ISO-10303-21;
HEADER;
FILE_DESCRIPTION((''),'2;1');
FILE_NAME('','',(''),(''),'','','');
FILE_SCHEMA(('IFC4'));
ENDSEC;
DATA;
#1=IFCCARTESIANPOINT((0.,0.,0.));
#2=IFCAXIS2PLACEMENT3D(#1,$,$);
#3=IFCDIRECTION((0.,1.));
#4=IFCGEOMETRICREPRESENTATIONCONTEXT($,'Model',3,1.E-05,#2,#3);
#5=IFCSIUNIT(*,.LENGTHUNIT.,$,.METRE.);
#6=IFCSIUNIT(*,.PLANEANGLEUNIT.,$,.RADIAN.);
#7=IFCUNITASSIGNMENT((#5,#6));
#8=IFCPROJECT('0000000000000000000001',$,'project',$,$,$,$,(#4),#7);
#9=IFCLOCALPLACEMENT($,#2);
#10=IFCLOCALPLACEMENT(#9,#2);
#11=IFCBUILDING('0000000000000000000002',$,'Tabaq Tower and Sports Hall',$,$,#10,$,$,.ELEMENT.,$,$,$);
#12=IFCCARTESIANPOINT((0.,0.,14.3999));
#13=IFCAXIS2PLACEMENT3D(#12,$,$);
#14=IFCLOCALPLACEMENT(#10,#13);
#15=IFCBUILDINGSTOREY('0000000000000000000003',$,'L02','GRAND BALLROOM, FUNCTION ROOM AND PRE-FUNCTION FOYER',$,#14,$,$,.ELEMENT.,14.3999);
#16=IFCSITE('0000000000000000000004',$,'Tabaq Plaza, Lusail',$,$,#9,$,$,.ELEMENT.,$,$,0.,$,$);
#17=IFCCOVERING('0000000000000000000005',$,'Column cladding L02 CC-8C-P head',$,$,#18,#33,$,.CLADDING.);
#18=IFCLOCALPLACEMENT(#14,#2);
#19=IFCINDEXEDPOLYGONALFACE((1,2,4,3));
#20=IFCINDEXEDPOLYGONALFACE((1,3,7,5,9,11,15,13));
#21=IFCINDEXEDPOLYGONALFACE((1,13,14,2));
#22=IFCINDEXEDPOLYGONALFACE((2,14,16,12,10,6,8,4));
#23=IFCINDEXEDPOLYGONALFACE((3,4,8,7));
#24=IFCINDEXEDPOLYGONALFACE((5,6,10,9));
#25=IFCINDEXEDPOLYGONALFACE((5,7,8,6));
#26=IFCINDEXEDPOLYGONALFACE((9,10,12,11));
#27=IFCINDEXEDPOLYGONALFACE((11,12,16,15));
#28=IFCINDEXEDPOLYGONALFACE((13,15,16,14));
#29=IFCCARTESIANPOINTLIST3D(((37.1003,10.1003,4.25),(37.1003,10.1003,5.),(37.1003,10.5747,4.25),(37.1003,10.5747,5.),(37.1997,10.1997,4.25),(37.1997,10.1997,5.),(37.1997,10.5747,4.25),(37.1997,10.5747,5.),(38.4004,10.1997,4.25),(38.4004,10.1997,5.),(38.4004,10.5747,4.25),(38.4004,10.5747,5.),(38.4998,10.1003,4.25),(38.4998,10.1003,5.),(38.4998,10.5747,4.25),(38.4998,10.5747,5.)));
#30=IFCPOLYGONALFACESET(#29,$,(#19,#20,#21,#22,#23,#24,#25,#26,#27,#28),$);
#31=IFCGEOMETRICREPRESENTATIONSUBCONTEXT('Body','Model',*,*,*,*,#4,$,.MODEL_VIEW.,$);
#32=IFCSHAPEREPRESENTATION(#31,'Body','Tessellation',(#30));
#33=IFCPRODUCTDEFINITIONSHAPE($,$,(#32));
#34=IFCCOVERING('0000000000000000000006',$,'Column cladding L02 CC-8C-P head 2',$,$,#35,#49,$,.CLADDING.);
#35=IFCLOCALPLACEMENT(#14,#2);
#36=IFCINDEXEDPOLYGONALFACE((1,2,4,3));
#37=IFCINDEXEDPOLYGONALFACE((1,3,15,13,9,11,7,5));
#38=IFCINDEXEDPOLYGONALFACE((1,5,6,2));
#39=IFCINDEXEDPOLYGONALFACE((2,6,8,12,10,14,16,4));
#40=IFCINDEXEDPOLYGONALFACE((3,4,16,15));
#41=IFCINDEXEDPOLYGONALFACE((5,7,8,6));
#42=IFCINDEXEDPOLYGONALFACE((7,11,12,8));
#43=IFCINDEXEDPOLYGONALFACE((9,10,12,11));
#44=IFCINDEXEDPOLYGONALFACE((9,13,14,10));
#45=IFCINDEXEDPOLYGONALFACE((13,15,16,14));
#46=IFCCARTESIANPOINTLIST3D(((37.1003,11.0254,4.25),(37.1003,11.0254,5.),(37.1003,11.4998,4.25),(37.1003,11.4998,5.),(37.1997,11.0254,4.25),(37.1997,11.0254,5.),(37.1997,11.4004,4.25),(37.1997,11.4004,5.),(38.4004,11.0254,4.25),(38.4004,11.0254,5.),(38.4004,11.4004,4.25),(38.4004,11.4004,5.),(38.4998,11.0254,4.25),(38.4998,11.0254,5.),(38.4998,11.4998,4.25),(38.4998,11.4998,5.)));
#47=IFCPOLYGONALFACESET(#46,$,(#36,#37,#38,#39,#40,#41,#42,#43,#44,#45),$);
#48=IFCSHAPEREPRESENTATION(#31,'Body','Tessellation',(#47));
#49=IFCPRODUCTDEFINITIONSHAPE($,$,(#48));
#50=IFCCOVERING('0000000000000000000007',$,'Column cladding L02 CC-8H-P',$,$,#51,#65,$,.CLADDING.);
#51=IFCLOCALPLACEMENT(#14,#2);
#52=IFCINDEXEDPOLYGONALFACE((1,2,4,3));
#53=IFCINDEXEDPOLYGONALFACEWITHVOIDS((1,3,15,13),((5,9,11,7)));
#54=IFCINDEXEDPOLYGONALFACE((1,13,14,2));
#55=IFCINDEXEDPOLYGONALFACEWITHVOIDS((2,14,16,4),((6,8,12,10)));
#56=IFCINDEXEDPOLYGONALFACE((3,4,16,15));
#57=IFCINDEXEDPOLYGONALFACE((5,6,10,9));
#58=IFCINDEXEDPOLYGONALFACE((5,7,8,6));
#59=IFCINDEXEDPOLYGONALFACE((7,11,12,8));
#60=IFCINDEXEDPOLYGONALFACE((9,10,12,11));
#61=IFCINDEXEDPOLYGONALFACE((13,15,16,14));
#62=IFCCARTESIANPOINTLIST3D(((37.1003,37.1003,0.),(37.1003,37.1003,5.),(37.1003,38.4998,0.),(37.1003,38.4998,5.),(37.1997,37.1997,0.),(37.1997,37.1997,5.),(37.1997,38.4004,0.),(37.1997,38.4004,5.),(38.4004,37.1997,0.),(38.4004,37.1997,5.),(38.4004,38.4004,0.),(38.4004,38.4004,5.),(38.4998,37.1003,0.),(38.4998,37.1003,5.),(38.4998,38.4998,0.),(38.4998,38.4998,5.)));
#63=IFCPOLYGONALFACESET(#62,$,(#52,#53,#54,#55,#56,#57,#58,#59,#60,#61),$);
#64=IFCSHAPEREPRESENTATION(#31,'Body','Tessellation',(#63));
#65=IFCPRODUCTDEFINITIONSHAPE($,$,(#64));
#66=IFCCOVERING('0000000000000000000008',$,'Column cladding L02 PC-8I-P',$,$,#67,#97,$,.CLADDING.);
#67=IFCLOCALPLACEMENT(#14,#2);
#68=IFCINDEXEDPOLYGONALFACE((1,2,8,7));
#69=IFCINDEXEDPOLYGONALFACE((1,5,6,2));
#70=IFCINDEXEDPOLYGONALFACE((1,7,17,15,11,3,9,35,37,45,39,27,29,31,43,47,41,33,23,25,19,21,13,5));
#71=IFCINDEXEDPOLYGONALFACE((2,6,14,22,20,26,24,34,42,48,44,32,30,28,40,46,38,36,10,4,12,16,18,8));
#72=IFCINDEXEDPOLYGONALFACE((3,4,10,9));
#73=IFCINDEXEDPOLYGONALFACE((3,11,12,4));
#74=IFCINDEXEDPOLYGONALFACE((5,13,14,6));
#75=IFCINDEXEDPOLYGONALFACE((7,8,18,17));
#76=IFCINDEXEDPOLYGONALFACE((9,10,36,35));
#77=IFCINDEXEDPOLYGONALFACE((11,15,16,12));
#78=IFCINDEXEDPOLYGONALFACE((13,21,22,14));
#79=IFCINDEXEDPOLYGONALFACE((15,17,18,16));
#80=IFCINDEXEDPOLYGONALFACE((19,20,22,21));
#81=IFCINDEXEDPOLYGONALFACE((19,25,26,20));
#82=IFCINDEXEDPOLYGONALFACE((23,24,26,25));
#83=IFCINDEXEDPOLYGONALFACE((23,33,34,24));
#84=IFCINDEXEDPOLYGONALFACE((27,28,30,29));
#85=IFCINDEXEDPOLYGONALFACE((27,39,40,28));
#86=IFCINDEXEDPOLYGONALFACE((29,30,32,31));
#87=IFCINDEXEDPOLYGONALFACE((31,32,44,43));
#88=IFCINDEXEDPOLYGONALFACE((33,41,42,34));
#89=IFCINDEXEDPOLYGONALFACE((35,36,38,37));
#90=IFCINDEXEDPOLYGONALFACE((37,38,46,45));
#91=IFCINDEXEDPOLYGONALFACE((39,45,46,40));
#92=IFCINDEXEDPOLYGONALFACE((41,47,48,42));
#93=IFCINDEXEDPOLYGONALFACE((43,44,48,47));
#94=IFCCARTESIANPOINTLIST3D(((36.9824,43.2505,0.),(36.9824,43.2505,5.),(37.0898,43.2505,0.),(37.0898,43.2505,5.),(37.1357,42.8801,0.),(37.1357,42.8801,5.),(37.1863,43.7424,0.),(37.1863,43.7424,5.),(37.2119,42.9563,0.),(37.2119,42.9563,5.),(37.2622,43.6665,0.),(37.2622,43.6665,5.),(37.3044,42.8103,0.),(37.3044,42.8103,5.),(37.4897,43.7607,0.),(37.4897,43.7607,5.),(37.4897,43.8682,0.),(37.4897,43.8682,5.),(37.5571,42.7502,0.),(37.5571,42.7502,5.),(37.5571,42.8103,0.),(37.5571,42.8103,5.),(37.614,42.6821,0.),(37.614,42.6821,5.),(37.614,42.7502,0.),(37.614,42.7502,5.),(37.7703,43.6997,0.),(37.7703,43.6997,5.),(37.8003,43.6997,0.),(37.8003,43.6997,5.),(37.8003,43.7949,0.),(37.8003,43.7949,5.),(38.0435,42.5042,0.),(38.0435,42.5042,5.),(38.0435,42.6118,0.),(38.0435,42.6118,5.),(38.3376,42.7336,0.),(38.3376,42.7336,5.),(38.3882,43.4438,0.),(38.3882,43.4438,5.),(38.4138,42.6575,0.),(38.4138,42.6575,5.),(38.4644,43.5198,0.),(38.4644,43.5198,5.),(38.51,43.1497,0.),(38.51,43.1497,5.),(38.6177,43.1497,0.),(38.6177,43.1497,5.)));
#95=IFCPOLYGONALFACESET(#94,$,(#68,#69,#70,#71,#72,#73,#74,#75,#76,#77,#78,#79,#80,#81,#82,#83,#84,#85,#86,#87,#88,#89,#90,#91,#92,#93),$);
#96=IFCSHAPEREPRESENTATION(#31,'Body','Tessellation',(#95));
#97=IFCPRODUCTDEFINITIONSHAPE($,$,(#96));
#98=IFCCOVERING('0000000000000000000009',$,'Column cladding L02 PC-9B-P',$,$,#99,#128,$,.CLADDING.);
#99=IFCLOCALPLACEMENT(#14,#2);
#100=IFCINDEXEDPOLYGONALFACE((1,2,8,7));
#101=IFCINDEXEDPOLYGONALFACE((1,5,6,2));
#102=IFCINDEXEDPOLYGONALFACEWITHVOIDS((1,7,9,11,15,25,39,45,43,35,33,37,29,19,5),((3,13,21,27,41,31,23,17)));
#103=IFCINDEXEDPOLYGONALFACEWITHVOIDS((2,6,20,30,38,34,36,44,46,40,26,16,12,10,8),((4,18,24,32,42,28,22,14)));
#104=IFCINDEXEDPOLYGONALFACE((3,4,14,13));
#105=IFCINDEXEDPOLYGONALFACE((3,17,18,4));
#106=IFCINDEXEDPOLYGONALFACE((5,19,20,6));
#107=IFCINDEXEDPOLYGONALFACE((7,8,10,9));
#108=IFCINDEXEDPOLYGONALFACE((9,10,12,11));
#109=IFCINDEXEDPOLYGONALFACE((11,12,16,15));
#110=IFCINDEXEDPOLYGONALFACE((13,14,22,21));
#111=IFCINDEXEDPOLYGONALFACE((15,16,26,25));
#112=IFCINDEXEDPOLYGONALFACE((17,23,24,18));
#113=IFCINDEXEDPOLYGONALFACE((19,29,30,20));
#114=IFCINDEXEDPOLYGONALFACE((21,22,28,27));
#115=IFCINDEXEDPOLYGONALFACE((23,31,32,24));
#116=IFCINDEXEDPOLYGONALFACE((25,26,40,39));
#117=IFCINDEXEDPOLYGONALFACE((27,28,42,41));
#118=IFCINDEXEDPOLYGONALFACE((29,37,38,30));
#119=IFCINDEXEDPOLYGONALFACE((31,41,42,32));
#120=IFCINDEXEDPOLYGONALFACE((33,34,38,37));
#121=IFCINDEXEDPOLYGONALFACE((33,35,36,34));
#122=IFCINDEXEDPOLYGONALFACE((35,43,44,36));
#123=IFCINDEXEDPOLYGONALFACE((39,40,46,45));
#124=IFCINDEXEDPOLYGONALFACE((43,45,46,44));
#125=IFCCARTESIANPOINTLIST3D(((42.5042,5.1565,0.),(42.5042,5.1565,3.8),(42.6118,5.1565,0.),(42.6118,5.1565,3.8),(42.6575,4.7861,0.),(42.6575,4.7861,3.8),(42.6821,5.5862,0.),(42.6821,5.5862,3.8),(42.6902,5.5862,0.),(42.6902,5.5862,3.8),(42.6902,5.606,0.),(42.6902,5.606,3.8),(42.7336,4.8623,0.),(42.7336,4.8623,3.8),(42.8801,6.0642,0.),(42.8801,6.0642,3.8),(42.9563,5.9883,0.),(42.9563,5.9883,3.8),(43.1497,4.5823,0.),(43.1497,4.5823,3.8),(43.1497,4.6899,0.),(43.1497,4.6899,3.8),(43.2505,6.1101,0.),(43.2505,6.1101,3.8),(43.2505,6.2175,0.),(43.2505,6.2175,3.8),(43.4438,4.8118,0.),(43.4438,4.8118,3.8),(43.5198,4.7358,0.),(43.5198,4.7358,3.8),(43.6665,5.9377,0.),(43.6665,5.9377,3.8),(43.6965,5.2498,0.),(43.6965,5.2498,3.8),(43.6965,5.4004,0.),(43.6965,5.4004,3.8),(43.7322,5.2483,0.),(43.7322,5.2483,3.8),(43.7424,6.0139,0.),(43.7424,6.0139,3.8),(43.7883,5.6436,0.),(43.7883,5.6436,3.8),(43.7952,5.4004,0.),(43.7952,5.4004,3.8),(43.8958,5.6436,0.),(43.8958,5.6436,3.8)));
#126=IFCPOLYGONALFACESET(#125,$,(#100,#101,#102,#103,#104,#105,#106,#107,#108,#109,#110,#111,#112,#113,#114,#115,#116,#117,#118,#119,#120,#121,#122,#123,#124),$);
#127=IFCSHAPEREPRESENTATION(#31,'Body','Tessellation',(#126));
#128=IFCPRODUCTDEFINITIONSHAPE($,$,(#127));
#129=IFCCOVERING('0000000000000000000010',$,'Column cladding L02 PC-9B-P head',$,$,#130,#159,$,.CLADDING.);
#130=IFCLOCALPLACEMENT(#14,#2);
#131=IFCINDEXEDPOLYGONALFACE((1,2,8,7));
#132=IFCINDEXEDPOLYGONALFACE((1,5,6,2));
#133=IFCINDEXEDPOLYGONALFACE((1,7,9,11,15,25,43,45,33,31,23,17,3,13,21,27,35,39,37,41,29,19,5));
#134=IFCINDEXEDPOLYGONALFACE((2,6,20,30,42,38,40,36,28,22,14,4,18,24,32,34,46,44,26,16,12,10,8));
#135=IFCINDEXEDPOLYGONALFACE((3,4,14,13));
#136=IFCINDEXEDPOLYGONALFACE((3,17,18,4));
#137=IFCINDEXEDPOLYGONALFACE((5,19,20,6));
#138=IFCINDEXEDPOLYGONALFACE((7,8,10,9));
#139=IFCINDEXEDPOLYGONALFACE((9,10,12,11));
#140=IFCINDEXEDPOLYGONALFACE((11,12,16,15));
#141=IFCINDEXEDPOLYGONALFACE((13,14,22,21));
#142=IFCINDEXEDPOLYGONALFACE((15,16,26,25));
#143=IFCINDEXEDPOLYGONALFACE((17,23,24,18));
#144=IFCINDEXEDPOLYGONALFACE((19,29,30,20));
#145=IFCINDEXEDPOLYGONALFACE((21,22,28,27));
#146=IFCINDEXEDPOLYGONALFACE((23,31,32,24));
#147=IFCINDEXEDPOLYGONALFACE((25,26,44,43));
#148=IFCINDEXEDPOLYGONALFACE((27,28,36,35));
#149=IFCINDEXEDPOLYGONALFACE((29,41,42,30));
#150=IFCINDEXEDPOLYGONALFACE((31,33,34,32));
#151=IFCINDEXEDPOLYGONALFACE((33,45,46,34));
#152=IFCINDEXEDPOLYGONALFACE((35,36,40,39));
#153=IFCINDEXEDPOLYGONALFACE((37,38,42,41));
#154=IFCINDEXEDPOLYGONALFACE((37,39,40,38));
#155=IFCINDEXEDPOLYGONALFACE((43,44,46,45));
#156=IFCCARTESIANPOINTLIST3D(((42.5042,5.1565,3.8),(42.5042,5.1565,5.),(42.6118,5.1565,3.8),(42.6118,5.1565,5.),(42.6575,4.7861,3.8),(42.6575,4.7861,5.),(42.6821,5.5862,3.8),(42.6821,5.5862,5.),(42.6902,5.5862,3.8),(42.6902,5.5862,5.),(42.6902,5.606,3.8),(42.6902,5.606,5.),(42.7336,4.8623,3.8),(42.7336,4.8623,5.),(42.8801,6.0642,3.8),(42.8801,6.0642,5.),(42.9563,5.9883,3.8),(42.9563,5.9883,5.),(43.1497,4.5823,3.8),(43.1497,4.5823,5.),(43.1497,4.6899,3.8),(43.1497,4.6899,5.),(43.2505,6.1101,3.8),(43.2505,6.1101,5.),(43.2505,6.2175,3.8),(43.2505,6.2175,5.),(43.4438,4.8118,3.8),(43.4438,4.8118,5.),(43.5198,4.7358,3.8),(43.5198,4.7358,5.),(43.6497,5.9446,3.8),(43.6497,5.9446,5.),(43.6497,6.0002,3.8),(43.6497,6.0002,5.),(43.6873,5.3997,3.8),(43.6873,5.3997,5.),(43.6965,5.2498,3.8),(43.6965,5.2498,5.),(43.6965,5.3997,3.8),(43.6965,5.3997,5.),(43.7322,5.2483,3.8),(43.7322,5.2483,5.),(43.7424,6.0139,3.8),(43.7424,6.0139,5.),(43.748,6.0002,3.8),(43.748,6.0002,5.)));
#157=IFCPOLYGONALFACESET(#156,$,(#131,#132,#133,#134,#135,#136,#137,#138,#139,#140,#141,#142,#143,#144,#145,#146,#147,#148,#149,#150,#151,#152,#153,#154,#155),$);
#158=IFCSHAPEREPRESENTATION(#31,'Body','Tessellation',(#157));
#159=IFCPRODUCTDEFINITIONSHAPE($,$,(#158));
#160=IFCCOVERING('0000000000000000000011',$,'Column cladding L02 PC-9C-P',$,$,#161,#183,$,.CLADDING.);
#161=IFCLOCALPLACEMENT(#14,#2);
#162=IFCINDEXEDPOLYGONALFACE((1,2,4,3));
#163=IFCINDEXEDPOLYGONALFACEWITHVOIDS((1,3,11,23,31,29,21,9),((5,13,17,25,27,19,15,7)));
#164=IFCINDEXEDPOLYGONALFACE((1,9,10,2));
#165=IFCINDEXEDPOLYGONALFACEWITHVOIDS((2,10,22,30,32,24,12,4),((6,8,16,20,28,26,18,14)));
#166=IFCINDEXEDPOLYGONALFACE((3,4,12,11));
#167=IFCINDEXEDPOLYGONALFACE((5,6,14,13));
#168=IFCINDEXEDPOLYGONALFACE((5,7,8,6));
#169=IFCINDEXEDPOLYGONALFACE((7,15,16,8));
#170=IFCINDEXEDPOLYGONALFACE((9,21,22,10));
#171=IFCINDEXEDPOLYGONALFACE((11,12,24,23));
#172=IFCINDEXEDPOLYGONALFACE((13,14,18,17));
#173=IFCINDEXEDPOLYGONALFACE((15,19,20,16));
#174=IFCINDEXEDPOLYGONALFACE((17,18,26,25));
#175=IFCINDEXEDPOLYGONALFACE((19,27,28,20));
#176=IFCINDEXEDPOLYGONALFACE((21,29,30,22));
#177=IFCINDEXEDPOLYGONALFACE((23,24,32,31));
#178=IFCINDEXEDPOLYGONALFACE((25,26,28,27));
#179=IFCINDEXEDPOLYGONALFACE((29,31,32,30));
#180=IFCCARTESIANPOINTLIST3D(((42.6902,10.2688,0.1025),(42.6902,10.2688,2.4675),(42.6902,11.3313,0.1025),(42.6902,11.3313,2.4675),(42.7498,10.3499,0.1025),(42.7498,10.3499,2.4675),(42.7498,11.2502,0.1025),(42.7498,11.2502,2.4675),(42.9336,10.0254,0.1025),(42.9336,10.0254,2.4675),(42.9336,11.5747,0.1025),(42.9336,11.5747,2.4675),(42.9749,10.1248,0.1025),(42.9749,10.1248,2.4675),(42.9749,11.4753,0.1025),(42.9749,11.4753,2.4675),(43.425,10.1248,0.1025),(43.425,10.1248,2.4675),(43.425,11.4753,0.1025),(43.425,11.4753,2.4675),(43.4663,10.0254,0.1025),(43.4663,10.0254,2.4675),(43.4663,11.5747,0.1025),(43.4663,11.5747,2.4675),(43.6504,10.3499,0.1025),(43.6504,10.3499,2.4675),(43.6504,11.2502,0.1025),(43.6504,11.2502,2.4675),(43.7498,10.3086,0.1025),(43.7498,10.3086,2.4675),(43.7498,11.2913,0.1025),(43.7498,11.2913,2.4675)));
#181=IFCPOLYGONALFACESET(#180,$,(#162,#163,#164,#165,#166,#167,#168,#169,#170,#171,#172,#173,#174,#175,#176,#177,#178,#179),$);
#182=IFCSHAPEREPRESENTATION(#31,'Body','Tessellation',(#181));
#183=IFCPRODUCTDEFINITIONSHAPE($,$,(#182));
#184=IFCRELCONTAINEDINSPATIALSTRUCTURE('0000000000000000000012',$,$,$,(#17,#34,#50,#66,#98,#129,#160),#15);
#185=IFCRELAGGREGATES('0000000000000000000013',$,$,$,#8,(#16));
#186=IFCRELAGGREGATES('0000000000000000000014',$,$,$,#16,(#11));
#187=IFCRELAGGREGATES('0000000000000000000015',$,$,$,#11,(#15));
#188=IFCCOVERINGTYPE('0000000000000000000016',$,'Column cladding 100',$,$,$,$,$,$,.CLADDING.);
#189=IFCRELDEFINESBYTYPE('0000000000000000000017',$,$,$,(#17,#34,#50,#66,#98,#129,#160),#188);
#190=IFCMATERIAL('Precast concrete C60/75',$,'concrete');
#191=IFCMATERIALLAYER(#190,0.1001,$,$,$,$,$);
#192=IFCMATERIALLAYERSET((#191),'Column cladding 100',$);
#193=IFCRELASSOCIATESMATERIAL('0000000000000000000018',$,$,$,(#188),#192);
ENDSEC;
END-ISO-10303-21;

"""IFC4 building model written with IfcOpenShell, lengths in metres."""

from ifc_helpers import new_model, si_unit, direction, frame, origin, place, context, subcontext, project, spatial, polyline, outline, extrude, material, layer, layer_set, type_object, element, save


model = new_model("IFC4")

# Units and contexts
model_context = context("Model", 3, precision=1e-05, world=origin(), true_north=direction((0.0, 1.0)))
body_context = subcontext(model_context, "Body", "Model", "MODEL_VIEW")
ifc_project = project(units=[si_unit("LENGTHUNIT", "METRE"), si_unit("PLANEANGLEUNIT", "RADIAN")], contexts=[model_context])

# Site, building, storey
site_placement = place(None, origin())
site = spatial("IfcSite", under=ifc_project, at=site_placement, Name="Tabaq Plaza, Lusail", CompositionType="ELEMENT", RefElevation=0.0)
building_placement = place(site_placement, origin())
building = spatial("IfcBuilding", under=site, at=building_placement, Name="Tabaq Tower and Sports Hall", CompositionType="ELEMENT")
storey_placement = place(building_placement, frame((0.0, 0.0, 14.3999)))
storey = spatial("IfcBuildingStorey", under=building, at=storey_placement, Name="L02", Description="GRAND BALLROOM, FUNCTION ROOM AND PRE-FUNCTION FOYER", CompositionType="ELEMENT", Elevation=14.3999)

# Coverings
ifc_material_1 = material(Name="Precast concrete C60/75", Category="concrete")
ifc_layer_1 = layer(ifc_material_1, 0.1001)
ifc_layer_set_1 = layer_set([ifc_layer_1], Name="Column cladding 100")
covering_type = type_object("IfcCoveringType", Name="Column cladding 100", PredefinedType="CLADDING", material=ifc_layer_set_1)
covering_1_placement = place(storey_placement, frame((0.0, 0.0, 4.25)))
element("IfcCovering", 1, at=covering_1_placement, inside=storey, type_object=covering_type, Name="Column cladding L02 CC-8C-P head", PredefinedType="CLADDING", context=body_context, shape_type="SweptSolid", body=[
    extrude(outline(polyline([(38.4998, 10.1003), (37.1003, 10.1003), (37.1003, 10.5747), (37.1997, 10.5747), (37.1997, 10.1997), (38.4004, 10.1997), (38.4004, 10.5747), (38.4998, 10.5747), (38.4998, 10.1003)])), origin(), (0.0, 0.0, 1.0), 0.75),
])
covering_2_placement = place(storey_placement, frame((0.0, 0.0, 4.25)))
element("IfcCovering", 2, at=covering_2_placement, inside=storey, type_object=covering_type, Name="Column cladding L02 CC-8C-P head 2", PredefinedType="CLADDING", context=body_context, shape_type="SweptSolid", body=[
    extrude(outline(polyline([(38.4998, 11.4998), (38.4998, 11.0254), (38.4004, 11.0254), (38.4004, 11.4004), (37.1997, 11.4004), (37.1997, 11.0254), (37.1003, 11.0254), (37.1003, 11.4998), (38.4998, 11.4998)])), origin(), (0.0, 0.0, 1.0), 0.75),
])
covering_3_placement = place(storey_placement, origin())
element("IfcCovering", 3, at=covering_3_placement, inside=storey, type_object=covering_type, Name="Column cladding L02 CC-8H-P", PredefinedType="CLADDING", context=body_context, shape_type="SweptSolid", body=[
    extrude(outline(polyline([(37.1003, 38.4998), (38.4998, 38.4998), (38.4998, 37.1003), (37.1003, 37.1003), (37.1003, 38.4998)]), holes=[polyline([(38.4004, 37.1997), (38.4004, 38.4004), (37.1997, 38.4004), (37.1997, 37.1997), (38.4004, 37.1997)])]), origin(), (0.0, 0.0, 1.0), 5.0),
])
covering_4_placement = place(storey_placement, origin())
element("IfcCovering", 4, at=covering_4_placement, inside=storey, type_object=covering_type, Name="Column cladding L02 PC-8I-P", PredefinedType="CLADDING", context=body_context, shape_type="SweptSolid", body=[
    extrude(outline(polyline([(38.4138, 42.6575), (38.0435, 42.5042), (37.614, 42.6821), (37.614, 42.7502), (37.5571, 42.7502), (37.5571, 42.8103), (37.3044, 42.8103), (37.1357, 42.8801), (36.9824, 43.2505), (37.1863, 43.7424), (37.4897, 43.8682), (37.4897, 43.7607), (37.2622, 43.6665), (37.0898, 43.2505), (37.2119, 42.9563), (38.0435, 42.6118), (38.3376, 42.7336), (38.51, 43.1497), (38.3882, 43.4438), (37.7703, 43.6997), (37.8003, 43.6997), (37.8003, 43.7949), (38.4644, 43.5198), (38.6177, 43.1497), (38.4138, 42.6575)])), origin(), (0.0, 0.0, 1.0), 5.0),
])
covering_5_placement = place(storey_placement, origin())
element("IfcCovering", 5, at=covering_5_placement, inside=storey, type_object=covering_type, Name="Column cladding L02 PC-9B-P", PredefinedType="CLADDING", context=body_context, shape_type="SweptSolid", body=[
    extrude(outline(polyline([(42.6575, 4.7861), (42.5042, 5.1565), (42.6821, 5.5862), (42.6902, 5.5862), (42.6902, 5.606), (42.8801, 6.0642), (43.2505, 6.2175), (43.7424, 6.0139), (43.8958, 5.6436), (43.7952, 5.4004), (43.6965, 5.4004), (43.6965, 5.2498), (43.7322, 5.2483), (43.5198, 4.7358), (43.1497, 4.5823), (42.6575, 4.7861)]), holes=[polyline([(43.6665, 5.9377), (43.2505, 6.1101), (42.9563, 5.9883), (42.6118, 5.1565), (42.7336, 4.8623), (43.1497, 4.6899), (43.4438, 4.8118), (43.7883, 5.6436), (43.6665, 5.9377)])]), origin(), (0.0, 0.0, 1.0), 3.8),
])
covering_6_placement = place(storey_placement, frame((0.0, 0.0, 3.8)))
element("IfcCovering", 6, at=covering_6_placement, inside=storey, type_object=covering_type, Name="Column cladding L02 PC-9B-P head", PredefinedType="CLADDING", context=body_context, shape_type="SweptSolid", body=[
    extrude(outline(polyline([(42.5042, 5.1565), (42.6821, 5.5862), (42.6902, 5.5862), (42.6902, 5.606), (42.8801, 6.0642), (43.2505, 6.2175), (43.7424, 6.0139), (43.748, 6.0002), (43.6497, 6.0002), (43.6497, 5.9446), (43.2505, 6.1101), (42.9563, 5.9883), (42.6118, 5.1565), (42.7336, 4.8623), (43.1497, 4.6899), (43.4438, 4.8118), (43.6873, 5.3997), (43.6965, 5.3997), (43.6965, 5.2498), (43.7322, 5.2483), (43.5198, 4.7358), (43.1497, 4.5823), (42.6575, 4.7861), (42.5042, 5.1565)])), origin(), (0.0, 0.0, 1.0), 1.2),
])
covering_7_placement = place(storey_placement, frame((0.0, 0.0, 0.1025)))
element("IfcCovering", 7, at=covering_7_placement, inside=storey, type_object=covering_type, Name="Column cladding L02 PC-9C-P", PredefinedType="CLADDING", context=body_context, shape_type="SweptSolid", body=[
    extrude(outline(polyline([(42.9336, 10.0254), (42.6902, 10.2688), (42.6902, 11.3313), (42.9336, 11.5747), (43.4663, 11.5747), (43.7498, 11.2913), (43.7498, 10.3086), (43.4663, 10.0254), (42.9336, 10.0254)]), holes=[polyline([(43.425, 11.4753), (42.9749, 11.4753), (42.7498, 11.2502), (42.7498, 10.3499), (42.9749, 10.1248), (43.425, 10.1248), (43.6504, 10.3499), (43.6504, 11.2502), (43.425, 11.4753)])]), origin(), (0.0, 0.0, 1.0), 2.365),
])

save(model, "model.ifc")
